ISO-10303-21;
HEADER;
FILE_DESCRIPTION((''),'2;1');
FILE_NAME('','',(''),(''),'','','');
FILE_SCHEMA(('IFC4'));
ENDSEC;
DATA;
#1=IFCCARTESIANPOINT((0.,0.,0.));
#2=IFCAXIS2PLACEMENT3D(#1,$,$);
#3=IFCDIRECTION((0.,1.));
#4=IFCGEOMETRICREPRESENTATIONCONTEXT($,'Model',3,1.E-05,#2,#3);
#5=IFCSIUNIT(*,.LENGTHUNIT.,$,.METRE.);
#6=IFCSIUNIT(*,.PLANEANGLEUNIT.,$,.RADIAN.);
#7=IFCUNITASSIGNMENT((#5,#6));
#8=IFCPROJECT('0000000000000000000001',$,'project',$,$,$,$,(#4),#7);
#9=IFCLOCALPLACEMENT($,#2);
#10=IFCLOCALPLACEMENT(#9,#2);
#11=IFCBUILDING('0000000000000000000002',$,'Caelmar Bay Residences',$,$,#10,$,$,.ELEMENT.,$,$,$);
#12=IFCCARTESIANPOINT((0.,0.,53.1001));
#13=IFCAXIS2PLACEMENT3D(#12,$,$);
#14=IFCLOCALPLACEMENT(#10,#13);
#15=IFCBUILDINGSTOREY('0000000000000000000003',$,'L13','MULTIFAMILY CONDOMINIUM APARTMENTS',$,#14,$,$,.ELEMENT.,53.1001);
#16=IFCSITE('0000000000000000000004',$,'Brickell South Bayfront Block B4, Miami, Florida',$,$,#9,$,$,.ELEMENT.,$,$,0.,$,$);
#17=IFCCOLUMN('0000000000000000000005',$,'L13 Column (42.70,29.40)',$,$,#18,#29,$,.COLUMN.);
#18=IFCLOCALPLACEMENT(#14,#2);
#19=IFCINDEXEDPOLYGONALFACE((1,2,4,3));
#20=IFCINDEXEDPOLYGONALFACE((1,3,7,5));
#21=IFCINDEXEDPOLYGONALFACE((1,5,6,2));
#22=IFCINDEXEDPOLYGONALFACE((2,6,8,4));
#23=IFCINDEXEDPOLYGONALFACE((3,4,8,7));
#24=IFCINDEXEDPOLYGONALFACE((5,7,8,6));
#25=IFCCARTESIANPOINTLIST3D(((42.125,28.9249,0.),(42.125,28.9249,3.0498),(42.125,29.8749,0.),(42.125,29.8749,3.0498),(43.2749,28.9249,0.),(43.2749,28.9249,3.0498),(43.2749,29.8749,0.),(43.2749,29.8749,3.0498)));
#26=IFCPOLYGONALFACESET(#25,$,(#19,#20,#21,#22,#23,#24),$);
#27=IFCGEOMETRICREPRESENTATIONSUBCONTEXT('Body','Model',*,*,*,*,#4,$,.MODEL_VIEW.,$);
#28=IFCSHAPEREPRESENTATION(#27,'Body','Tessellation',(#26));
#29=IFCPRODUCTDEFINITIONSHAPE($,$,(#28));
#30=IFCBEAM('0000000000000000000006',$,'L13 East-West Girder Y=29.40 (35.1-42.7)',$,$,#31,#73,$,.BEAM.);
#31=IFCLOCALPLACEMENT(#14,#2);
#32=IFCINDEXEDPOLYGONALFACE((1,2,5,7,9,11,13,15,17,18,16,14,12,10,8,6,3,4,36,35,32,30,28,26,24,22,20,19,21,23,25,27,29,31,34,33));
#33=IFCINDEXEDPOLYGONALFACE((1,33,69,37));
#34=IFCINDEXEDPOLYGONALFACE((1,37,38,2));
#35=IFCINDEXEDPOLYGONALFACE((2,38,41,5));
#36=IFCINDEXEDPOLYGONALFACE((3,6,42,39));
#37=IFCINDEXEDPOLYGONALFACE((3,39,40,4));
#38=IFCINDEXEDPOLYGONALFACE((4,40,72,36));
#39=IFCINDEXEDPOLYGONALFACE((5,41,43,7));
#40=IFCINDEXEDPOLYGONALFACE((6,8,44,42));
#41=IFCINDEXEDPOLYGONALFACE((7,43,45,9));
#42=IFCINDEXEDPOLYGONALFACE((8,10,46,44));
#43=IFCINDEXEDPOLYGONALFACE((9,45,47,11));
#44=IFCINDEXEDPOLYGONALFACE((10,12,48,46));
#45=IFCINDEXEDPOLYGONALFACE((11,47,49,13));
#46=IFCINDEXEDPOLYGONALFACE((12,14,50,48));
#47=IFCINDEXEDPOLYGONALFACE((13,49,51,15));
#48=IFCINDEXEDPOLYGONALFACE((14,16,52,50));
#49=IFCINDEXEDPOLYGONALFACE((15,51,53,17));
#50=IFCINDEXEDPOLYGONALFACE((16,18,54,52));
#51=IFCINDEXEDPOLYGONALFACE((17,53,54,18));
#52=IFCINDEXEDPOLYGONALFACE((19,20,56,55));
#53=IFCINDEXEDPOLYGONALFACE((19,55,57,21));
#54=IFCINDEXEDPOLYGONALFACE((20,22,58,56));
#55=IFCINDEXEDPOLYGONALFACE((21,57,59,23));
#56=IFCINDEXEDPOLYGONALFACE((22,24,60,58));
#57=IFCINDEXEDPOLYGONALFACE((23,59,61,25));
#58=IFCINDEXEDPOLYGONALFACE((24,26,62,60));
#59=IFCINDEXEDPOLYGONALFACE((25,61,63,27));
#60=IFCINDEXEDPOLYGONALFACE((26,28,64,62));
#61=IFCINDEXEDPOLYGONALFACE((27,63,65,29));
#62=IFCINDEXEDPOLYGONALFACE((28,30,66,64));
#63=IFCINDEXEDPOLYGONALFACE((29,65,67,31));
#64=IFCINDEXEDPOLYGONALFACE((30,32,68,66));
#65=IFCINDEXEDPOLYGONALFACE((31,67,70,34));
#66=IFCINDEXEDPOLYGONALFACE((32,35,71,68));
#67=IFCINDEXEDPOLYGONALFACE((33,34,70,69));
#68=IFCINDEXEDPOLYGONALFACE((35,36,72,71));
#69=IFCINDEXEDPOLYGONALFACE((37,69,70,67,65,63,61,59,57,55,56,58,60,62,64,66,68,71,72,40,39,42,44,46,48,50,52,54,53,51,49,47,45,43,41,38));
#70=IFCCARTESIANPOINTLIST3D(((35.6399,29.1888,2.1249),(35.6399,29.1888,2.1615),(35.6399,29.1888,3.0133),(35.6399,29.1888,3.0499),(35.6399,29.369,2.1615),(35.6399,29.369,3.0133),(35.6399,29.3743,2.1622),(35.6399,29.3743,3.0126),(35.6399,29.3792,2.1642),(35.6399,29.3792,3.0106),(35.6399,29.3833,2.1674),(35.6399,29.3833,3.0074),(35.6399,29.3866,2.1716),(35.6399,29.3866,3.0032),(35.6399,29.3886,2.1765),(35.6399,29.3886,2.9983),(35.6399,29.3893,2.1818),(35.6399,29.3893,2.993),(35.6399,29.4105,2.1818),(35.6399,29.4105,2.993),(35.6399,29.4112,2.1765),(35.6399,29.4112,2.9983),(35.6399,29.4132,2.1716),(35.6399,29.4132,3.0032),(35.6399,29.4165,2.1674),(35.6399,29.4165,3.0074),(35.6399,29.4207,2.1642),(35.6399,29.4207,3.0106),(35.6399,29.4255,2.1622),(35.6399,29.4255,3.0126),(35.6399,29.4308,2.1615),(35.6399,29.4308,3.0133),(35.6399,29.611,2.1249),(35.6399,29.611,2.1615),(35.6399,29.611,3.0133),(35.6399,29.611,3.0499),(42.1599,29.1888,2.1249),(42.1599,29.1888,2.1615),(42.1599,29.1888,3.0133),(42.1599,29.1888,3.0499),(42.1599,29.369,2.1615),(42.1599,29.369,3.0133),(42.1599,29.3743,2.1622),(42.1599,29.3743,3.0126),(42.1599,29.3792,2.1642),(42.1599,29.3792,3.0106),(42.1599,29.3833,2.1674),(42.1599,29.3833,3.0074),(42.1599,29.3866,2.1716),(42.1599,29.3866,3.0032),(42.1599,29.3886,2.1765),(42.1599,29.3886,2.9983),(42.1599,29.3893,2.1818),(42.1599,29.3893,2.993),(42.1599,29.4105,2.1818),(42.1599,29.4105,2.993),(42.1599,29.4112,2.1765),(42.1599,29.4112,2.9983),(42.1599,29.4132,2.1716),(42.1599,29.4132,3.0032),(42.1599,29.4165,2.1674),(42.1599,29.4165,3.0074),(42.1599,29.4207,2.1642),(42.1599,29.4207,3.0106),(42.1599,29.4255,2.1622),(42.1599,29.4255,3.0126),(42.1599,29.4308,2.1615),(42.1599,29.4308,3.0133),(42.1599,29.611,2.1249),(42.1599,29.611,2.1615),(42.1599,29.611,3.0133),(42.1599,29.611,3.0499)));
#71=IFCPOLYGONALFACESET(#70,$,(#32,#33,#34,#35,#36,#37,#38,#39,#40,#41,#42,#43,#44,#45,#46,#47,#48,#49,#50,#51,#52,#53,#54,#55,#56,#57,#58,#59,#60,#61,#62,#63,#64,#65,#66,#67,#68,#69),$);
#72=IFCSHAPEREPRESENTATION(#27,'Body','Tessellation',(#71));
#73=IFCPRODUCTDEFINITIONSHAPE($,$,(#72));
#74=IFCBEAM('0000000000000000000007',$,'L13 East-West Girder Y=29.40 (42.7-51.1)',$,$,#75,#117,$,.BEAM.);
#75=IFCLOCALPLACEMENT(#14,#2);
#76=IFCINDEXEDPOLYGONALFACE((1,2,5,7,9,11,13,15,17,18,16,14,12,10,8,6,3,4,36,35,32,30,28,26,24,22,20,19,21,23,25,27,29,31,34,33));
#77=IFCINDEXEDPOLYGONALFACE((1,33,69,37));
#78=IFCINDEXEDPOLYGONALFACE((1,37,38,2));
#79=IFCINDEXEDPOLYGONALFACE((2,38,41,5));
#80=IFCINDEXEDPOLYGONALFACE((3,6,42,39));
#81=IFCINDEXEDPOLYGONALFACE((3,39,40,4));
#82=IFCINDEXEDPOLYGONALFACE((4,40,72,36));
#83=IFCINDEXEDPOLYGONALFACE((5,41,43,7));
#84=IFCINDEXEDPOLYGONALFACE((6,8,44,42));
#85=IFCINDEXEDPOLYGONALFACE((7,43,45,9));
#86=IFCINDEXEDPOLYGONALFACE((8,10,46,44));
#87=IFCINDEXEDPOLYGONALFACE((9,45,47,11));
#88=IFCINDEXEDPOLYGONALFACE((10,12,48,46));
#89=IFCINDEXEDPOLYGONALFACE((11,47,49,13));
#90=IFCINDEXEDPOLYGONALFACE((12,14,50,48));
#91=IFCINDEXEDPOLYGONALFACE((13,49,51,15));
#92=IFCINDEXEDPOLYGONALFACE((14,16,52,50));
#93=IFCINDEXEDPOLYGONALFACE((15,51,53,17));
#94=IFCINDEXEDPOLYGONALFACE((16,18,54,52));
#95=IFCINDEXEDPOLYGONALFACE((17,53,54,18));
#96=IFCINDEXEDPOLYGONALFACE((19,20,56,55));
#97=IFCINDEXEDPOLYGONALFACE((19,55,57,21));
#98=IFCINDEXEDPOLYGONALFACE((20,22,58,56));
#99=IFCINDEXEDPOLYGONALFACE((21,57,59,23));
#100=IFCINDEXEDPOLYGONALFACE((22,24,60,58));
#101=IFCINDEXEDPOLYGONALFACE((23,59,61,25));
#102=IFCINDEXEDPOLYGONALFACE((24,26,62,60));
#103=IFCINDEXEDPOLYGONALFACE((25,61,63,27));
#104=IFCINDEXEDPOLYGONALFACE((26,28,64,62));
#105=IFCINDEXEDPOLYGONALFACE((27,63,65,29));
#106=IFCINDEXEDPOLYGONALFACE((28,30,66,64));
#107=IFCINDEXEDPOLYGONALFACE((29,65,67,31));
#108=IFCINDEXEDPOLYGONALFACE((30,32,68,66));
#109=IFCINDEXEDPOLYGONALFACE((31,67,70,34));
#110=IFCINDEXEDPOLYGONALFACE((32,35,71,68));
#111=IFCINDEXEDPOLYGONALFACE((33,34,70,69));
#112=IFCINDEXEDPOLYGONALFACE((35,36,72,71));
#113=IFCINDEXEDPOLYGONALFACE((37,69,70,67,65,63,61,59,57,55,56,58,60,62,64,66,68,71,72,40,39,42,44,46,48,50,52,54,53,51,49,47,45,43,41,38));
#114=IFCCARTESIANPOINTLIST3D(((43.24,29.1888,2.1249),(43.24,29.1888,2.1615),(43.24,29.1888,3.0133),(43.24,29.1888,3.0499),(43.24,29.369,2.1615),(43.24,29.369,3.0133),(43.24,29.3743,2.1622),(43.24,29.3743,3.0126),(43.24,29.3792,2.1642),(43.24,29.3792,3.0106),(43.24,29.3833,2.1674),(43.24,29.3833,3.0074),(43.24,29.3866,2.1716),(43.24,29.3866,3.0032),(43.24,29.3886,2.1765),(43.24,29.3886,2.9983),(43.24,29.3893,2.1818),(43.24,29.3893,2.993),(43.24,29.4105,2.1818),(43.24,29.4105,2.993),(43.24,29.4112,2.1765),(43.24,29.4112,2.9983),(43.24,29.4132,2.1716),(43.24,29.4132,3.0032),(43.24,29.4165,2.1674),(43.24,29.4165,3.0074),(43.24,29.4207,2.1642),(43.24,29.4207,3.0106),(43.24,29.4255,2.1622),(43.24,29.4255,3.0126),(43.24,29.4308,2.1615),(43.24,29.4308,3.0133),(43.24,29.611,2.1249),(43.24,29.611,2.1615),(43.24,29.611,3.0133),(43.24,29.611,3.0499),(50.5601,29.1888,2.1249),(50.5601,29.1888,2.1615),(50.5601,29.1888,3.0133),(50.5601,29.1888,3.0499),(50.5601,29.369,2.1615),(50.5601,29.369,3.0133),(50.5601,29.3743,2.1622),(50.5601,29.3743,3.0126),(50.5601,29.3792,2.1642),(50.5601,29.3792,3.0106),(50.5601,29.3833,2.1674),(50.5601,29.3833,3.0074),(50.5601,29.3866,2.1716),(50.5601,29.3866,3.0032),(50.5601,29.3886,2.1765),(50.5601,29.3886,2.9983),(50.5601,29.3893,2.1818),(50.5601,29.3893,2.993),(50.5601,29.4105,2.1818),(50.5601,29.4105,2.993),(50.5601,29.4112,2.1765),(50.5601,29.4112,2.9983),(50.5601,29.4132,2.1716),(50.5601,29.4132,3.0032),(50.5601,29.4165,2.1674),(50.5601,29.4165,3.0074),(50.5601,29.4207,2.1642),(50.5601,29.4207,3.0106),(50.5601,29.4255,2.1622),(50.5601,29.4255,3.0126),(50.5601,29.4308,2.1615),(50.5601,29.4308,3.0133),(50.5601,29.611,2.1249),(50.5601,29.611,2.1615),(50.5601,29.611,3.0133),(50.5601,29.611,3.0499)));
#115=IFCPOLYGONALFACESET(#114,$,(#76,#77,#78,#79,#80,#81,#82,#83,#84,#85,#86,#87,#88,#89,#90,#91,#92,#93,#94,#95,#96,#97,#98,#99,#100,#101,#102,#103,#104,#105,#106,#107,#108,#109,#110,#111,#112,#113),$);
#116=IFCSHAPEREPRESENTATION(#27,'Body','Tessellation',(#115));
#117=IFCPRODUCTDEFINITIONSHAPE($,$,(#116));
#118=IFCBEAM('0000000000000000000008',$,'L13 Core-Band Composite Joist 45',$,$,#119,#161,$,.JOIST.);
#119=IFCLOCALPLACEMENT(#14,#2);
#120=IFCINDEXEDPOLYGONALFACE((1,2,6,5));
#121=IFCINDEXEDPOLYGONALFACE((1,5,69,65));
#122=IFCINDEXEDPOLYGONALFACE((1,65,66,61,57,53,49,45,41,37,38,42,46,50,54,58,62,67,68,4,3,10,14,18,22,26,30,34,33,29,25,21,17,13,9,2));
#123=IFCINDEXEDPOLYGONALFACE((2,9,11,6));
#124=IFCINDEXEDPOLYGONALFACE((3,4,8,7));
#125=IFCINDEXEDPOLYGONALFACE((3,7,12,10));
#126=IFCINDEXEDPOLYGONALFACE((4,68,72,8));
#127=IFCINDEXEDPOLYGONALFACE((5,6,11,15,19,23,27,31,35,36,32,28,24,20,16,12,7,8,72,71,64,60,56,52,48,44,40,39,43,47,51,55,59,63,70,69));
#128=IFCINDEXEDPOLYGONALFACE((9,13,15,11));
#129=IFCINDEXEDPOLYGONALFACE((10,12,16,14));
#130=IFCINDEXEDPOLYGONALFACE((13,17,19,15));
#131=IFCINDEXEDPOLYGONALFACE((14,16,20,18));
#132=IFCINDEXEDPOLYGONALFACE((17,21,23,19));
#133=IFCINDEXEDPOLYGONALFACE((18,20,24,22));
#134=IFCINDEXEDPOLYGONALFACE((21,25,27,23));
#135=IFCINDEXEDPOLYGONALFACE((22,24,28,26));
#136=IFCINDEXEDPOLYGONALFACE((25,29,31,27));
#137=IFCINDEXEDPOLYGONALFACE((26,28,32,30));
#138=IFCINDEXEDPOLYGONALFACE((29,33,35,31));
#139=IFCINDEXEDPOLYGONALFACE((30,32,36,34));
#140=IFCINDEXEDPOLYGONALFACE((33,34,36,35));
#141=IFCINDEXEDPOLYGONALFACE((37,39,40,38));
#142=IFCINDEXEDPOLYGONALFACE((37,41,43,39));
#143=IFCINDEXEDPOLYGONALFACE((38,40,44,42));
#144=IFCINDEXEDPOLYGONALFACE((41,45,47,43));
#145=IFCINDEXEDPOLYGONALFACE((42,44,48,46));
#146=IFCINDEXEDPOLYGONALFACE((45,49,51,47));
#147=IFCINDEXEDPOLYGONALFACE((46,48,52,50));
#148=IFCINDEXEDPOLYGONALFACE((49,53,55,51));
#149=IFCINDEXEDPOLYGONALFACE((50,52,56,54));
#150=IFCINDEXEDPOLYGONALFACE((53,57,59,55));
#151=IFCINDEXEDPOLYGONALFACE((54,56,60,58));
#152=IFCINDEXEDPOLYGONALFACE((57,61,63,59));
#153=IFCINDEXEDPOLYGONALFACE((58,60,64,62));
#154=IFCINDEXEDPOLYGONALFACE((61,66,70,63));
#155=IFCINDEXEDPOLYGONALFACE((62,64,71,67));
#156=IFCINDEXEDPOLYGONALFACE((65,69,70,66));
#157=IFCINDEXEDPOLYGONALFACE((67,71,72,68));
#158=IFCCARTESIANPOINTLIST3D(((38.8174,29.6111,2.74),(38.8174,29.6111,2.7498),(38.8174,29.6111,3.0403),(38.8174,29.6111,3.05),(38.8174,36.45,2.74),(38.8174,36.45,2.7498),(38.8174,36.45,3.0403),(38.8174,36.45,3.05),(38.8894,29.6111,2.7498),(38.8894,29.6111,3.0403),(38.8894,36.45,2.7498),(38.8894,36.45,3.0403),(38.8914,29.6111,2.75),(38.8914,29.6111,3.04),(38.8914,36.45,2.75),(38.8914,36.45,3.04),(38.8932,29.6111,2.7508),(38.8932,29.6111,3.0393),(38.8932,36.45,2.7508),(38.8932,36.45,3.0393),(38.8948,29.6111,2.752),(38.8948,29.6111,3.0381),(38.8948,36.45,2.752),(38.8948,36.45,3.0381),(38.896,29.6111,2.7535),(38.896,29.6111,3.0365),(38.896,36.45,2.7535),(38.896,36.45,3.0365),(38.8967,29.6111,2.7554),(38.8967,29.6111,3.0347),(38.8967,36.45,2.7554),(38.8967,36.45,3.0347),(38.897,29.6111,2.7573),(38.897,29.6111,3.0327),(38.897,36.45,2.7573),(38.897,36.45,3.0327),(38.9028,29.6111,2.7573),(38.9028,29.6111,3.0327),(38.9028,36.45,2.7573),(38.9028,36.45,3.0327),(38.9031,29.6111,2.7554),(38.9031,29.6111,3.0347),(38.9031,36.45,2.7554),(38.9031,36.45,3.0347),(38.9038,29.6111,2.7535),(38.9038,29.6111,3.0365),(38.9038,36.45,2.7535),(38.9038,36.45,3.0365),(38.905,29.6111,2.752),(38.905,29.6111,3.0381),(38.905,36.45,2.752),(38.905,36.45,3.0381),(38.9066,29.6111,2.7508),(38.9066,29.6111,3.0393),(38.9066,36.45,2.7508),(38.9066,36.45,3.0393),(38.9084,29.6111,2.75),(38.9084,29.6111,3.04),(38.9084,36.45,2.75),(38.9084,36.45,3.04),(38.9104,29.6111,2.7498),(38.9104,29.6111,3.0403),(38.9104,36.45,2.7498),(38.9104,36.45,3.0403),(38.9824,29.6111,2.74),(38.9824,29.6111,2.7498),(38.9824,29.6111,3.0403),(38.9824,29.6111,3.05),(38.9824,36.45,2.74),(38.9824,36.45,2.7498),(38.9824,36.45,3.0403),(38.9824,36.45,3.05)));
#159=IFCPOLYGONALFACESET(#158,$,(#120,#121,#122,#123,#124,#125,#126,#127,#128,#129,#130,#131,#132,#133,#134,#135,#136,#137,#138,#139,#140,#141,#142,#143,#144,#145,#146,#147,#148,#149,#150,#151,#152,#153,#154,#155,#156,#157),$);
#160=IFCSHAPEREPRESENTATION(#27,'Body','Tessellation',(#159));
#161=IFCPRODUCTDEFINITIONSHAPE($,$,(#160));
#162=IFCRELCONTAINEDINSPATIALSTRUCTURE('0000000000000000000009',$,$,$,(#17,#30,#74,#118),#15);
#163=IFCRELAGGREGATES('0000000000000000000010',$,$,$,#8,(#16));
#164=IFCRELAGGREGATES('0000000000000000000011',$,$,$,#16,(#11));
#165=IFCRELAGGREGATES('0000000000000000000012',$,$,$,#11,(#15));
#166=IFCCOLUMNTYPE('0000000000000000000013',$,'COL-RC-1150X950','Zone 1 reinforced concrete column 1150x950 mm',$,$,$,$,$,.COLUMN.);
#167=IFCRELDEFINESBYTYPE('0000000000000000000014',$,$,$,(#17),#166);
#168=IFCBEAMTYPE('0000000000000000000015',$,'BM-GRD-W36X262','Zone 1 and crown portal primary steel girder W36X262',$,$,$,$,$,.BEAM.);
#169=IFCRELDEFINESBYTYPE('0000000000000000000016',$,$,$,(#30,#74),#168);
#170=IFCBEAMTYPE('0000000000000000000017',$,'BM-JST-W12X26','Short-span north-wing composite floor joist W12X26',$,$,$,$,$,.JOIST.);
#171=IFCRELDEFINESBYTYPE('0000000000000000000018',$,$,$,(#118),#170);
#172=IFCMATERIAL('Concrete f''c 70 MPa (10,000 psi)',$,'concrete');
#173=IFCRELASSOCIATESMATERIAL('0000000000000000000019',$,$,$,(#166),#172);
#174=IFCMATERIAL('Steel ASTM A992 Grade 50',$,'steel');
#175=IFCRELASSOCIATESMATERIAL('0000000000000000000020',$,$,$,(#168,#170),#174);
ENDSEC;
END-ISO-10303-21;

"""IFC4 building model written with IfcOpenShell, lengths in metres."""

from ifc_helpers import new_model, si_unit, direction, frame, origin, origin_2d, place, context, subcontext, project, spatial, rectangle, i_section, extrude, material, material_profile, profile_set, type_object, element, save


model = new_model("IFC4")

# Units and contexts
model_context = context("Model", 3, precision=1e-05, world=origin(), true_north=direction((0.0, 1.0)))
body_context = subcontext(model_context, "Body", "Model", "MODEL_VIEW")
ifc_project = project(units=[si_unit("LENGTHUNIT", "METRE"), si_unit("PLANEANGLEUNIT", "RADIAN")], contexts=[model_context])

# Site, building, storey
site_placement = place(None, origin())
site = spatial("IfcSite", under=ifc_project, at=site_placement, Name="Brickell South Bayfront Block B4, Miami, Florida", CompositionType="ELEMENT", RefElevation=0.0)
building_placement = place(site_placement, origin())
building = spatial("IfcBuilding", under=site, at=building_placement, Name="Caelmar Bay Residences", CompositionType="ELEMENT")
storey_placement = place(building_placement, frame((0.0, 0.0, 53.1001)))
storey = spatial("IfcBuildingStorey", under=building, at=storey_placement, Name="L13", Description="MULTIFAMILY CONDOMINIUM APARTMENTS", CompositionType="ELEMENT", Elevation=53.1001)

# Column
ifc_material_1 = material(Name="Concrete f'c 70 MPa (10,000 psi)", Category="concrete")
ifc_material_profile_1 = material_profile(ifc_material_1, rectangle(XDim=1.1499, YDim=0.95, at=origin_2d()), Name="RC-COL-1150X950")
ifc_profile_set_1 = profile_set([ifc_material_profile_1], Name="Concrete f'c 70 MPa (10,000 psi)")
column_type = type_object("IfcColumnType", Name="COL-RC-1150X950", Description="Zone 1 reinforced concrete column 1150x950 mm", PredefinedType="COLUMN", material=ifc_profile_set_1)
column_placement = place(storey_placement, frame((42.7, 29.3999, 0.0), z_axis=(0.0, 0.0, 1.0), x_axis=(1.0, 0.0, 0.0)))
element("IfcColumn", 1, at=column_placement, inside=storey, type_object=column_type, Name="L13 Column (42.70,29.40)", PredefinedType="COLUMN", context=body_context, shape_type="SweptSolid", body=[
    extrude(rectangle(XDim=1.1499, YDim=0.95, at=origin_2d()), origin(), (0.0, 0.0, 1.0), 3.0498),
])

# Beams
ifc_material_2 = material(Name="Steel ASTM A992 Grade 50", Category="steel")
ifc_material_profile_2 = material_profile(ifc_material_2, i_section(OverallWidth=0.4221, OverallDepth=0.925, WebThickness=0.0212, FlangeThickness=0.0366, FilletRadius=0.0203, at=origin_2d()), Name="W36X262")
ifc_profile_set_2 = profile_set([ifc_material_profile_2], Name="Steel ASTM A992 Grade 50")
beam_type_1 = type_object("IfcBeamType", Name="BM-GRD-W36X262", Description="Zone 1 and crown portal primary steel girder W36X262", PredefinedType="BEAM", material=ifc_profile_set_2)
beam_1_placement = place(storey_placement, frame((35.6399, 29.3999, 2.5874), z_axis=(1.0, 0.0, 0.0), x_axis=(0.0, 1.0, 0.0)))
element("IfcBeam", 2, at=beam_1_placement, inside=storey, type_object=beam_type_1, Name="L13 East-West Girder Y=29.40 (35.1-42.7)", PredefinedType="BEAM", context=body_context, shape_type="SweptSolid", body=[
    extrude(i_section(OverallWidth=0.4221, OverallDepth=0.925, WebThickness=0.0212, FlangeThickness=0.0366, FilletRadius=0.0203, at=origin_2d()), origin(), (0.0, 0.0, 1.0), 6.52),
])
beam_2_placement = place(storey_placement, frame((43.24, 29.3999, 2.5874), z_axis=(1.0, 0.0, 0.0), x_axis=(0.0, 1.0, 0.0)))
element("IfcBeam", 3, at=beam_2_placement, inside=storey, type_object=beam_type_1, Name="L13 East-West Girder Y=29.40 (42.7-51.1)", PredefinedType="BEAM", context=body_context, shape_type="SweptSolid", body=[
    extrude(i_section(OverallWidth=0.4221, OverallDepth=0.925, WebThickness=0.0212, FlangeThickness=0.0366, FilletRadius=0.0203, at=origin_2d()), origin(), (0.0, 0.0, 1.0), 7.3201),
])
ifc_material_profile_3 = material_profile(ifc_material_2, i_section(OverallWidth=0.165, OverallDepth=0.3101, WebThickness=0.0059, FlangeThickness=0.0098, FilletRadius=0.0076, at=origin_2d()), Name="W12X26")
ifc_profile_set_3 = profile_set([ifc_material_profile_3], Name="Steel ASTM A992 Grade 50")
beam_type_2 = type_object("IfcBeamType", Name="BM-JST-W12X26", Description="Short-span north-wing composite floor joist W12X26", PredefinedType="JOIST", material=ifc_profile_set_3)
for number, where, z_axis, x_axis, name in (
    (4, (38.8999, 29.6111, 2.895), (0.0, 1.0, 0.0), (-1.0, 0.0, 0.0), "L13 Core-Band Composite Joist 45"),
):
    element("IfcBeam", number, at=place(storey_placement, frame(where, z_axis=z_axis, x_axis=x_axis)), inside=storey, type_object=beam_type_2, Name=name, PredefinedType="JOIST", context=body_context, shape_type="SweptSolid", body=[
        extrude(i_section(OverallWidth=0.165, OverallDepth=0.3101, WebThickness=0.0059, FlangeThickness=0.0098, FilletRadius=0.0076, at=origin_2d()), origin(), (0.0, 0.0, 1.0), 6.8389),
    ])

save(model, "model.ifc")
